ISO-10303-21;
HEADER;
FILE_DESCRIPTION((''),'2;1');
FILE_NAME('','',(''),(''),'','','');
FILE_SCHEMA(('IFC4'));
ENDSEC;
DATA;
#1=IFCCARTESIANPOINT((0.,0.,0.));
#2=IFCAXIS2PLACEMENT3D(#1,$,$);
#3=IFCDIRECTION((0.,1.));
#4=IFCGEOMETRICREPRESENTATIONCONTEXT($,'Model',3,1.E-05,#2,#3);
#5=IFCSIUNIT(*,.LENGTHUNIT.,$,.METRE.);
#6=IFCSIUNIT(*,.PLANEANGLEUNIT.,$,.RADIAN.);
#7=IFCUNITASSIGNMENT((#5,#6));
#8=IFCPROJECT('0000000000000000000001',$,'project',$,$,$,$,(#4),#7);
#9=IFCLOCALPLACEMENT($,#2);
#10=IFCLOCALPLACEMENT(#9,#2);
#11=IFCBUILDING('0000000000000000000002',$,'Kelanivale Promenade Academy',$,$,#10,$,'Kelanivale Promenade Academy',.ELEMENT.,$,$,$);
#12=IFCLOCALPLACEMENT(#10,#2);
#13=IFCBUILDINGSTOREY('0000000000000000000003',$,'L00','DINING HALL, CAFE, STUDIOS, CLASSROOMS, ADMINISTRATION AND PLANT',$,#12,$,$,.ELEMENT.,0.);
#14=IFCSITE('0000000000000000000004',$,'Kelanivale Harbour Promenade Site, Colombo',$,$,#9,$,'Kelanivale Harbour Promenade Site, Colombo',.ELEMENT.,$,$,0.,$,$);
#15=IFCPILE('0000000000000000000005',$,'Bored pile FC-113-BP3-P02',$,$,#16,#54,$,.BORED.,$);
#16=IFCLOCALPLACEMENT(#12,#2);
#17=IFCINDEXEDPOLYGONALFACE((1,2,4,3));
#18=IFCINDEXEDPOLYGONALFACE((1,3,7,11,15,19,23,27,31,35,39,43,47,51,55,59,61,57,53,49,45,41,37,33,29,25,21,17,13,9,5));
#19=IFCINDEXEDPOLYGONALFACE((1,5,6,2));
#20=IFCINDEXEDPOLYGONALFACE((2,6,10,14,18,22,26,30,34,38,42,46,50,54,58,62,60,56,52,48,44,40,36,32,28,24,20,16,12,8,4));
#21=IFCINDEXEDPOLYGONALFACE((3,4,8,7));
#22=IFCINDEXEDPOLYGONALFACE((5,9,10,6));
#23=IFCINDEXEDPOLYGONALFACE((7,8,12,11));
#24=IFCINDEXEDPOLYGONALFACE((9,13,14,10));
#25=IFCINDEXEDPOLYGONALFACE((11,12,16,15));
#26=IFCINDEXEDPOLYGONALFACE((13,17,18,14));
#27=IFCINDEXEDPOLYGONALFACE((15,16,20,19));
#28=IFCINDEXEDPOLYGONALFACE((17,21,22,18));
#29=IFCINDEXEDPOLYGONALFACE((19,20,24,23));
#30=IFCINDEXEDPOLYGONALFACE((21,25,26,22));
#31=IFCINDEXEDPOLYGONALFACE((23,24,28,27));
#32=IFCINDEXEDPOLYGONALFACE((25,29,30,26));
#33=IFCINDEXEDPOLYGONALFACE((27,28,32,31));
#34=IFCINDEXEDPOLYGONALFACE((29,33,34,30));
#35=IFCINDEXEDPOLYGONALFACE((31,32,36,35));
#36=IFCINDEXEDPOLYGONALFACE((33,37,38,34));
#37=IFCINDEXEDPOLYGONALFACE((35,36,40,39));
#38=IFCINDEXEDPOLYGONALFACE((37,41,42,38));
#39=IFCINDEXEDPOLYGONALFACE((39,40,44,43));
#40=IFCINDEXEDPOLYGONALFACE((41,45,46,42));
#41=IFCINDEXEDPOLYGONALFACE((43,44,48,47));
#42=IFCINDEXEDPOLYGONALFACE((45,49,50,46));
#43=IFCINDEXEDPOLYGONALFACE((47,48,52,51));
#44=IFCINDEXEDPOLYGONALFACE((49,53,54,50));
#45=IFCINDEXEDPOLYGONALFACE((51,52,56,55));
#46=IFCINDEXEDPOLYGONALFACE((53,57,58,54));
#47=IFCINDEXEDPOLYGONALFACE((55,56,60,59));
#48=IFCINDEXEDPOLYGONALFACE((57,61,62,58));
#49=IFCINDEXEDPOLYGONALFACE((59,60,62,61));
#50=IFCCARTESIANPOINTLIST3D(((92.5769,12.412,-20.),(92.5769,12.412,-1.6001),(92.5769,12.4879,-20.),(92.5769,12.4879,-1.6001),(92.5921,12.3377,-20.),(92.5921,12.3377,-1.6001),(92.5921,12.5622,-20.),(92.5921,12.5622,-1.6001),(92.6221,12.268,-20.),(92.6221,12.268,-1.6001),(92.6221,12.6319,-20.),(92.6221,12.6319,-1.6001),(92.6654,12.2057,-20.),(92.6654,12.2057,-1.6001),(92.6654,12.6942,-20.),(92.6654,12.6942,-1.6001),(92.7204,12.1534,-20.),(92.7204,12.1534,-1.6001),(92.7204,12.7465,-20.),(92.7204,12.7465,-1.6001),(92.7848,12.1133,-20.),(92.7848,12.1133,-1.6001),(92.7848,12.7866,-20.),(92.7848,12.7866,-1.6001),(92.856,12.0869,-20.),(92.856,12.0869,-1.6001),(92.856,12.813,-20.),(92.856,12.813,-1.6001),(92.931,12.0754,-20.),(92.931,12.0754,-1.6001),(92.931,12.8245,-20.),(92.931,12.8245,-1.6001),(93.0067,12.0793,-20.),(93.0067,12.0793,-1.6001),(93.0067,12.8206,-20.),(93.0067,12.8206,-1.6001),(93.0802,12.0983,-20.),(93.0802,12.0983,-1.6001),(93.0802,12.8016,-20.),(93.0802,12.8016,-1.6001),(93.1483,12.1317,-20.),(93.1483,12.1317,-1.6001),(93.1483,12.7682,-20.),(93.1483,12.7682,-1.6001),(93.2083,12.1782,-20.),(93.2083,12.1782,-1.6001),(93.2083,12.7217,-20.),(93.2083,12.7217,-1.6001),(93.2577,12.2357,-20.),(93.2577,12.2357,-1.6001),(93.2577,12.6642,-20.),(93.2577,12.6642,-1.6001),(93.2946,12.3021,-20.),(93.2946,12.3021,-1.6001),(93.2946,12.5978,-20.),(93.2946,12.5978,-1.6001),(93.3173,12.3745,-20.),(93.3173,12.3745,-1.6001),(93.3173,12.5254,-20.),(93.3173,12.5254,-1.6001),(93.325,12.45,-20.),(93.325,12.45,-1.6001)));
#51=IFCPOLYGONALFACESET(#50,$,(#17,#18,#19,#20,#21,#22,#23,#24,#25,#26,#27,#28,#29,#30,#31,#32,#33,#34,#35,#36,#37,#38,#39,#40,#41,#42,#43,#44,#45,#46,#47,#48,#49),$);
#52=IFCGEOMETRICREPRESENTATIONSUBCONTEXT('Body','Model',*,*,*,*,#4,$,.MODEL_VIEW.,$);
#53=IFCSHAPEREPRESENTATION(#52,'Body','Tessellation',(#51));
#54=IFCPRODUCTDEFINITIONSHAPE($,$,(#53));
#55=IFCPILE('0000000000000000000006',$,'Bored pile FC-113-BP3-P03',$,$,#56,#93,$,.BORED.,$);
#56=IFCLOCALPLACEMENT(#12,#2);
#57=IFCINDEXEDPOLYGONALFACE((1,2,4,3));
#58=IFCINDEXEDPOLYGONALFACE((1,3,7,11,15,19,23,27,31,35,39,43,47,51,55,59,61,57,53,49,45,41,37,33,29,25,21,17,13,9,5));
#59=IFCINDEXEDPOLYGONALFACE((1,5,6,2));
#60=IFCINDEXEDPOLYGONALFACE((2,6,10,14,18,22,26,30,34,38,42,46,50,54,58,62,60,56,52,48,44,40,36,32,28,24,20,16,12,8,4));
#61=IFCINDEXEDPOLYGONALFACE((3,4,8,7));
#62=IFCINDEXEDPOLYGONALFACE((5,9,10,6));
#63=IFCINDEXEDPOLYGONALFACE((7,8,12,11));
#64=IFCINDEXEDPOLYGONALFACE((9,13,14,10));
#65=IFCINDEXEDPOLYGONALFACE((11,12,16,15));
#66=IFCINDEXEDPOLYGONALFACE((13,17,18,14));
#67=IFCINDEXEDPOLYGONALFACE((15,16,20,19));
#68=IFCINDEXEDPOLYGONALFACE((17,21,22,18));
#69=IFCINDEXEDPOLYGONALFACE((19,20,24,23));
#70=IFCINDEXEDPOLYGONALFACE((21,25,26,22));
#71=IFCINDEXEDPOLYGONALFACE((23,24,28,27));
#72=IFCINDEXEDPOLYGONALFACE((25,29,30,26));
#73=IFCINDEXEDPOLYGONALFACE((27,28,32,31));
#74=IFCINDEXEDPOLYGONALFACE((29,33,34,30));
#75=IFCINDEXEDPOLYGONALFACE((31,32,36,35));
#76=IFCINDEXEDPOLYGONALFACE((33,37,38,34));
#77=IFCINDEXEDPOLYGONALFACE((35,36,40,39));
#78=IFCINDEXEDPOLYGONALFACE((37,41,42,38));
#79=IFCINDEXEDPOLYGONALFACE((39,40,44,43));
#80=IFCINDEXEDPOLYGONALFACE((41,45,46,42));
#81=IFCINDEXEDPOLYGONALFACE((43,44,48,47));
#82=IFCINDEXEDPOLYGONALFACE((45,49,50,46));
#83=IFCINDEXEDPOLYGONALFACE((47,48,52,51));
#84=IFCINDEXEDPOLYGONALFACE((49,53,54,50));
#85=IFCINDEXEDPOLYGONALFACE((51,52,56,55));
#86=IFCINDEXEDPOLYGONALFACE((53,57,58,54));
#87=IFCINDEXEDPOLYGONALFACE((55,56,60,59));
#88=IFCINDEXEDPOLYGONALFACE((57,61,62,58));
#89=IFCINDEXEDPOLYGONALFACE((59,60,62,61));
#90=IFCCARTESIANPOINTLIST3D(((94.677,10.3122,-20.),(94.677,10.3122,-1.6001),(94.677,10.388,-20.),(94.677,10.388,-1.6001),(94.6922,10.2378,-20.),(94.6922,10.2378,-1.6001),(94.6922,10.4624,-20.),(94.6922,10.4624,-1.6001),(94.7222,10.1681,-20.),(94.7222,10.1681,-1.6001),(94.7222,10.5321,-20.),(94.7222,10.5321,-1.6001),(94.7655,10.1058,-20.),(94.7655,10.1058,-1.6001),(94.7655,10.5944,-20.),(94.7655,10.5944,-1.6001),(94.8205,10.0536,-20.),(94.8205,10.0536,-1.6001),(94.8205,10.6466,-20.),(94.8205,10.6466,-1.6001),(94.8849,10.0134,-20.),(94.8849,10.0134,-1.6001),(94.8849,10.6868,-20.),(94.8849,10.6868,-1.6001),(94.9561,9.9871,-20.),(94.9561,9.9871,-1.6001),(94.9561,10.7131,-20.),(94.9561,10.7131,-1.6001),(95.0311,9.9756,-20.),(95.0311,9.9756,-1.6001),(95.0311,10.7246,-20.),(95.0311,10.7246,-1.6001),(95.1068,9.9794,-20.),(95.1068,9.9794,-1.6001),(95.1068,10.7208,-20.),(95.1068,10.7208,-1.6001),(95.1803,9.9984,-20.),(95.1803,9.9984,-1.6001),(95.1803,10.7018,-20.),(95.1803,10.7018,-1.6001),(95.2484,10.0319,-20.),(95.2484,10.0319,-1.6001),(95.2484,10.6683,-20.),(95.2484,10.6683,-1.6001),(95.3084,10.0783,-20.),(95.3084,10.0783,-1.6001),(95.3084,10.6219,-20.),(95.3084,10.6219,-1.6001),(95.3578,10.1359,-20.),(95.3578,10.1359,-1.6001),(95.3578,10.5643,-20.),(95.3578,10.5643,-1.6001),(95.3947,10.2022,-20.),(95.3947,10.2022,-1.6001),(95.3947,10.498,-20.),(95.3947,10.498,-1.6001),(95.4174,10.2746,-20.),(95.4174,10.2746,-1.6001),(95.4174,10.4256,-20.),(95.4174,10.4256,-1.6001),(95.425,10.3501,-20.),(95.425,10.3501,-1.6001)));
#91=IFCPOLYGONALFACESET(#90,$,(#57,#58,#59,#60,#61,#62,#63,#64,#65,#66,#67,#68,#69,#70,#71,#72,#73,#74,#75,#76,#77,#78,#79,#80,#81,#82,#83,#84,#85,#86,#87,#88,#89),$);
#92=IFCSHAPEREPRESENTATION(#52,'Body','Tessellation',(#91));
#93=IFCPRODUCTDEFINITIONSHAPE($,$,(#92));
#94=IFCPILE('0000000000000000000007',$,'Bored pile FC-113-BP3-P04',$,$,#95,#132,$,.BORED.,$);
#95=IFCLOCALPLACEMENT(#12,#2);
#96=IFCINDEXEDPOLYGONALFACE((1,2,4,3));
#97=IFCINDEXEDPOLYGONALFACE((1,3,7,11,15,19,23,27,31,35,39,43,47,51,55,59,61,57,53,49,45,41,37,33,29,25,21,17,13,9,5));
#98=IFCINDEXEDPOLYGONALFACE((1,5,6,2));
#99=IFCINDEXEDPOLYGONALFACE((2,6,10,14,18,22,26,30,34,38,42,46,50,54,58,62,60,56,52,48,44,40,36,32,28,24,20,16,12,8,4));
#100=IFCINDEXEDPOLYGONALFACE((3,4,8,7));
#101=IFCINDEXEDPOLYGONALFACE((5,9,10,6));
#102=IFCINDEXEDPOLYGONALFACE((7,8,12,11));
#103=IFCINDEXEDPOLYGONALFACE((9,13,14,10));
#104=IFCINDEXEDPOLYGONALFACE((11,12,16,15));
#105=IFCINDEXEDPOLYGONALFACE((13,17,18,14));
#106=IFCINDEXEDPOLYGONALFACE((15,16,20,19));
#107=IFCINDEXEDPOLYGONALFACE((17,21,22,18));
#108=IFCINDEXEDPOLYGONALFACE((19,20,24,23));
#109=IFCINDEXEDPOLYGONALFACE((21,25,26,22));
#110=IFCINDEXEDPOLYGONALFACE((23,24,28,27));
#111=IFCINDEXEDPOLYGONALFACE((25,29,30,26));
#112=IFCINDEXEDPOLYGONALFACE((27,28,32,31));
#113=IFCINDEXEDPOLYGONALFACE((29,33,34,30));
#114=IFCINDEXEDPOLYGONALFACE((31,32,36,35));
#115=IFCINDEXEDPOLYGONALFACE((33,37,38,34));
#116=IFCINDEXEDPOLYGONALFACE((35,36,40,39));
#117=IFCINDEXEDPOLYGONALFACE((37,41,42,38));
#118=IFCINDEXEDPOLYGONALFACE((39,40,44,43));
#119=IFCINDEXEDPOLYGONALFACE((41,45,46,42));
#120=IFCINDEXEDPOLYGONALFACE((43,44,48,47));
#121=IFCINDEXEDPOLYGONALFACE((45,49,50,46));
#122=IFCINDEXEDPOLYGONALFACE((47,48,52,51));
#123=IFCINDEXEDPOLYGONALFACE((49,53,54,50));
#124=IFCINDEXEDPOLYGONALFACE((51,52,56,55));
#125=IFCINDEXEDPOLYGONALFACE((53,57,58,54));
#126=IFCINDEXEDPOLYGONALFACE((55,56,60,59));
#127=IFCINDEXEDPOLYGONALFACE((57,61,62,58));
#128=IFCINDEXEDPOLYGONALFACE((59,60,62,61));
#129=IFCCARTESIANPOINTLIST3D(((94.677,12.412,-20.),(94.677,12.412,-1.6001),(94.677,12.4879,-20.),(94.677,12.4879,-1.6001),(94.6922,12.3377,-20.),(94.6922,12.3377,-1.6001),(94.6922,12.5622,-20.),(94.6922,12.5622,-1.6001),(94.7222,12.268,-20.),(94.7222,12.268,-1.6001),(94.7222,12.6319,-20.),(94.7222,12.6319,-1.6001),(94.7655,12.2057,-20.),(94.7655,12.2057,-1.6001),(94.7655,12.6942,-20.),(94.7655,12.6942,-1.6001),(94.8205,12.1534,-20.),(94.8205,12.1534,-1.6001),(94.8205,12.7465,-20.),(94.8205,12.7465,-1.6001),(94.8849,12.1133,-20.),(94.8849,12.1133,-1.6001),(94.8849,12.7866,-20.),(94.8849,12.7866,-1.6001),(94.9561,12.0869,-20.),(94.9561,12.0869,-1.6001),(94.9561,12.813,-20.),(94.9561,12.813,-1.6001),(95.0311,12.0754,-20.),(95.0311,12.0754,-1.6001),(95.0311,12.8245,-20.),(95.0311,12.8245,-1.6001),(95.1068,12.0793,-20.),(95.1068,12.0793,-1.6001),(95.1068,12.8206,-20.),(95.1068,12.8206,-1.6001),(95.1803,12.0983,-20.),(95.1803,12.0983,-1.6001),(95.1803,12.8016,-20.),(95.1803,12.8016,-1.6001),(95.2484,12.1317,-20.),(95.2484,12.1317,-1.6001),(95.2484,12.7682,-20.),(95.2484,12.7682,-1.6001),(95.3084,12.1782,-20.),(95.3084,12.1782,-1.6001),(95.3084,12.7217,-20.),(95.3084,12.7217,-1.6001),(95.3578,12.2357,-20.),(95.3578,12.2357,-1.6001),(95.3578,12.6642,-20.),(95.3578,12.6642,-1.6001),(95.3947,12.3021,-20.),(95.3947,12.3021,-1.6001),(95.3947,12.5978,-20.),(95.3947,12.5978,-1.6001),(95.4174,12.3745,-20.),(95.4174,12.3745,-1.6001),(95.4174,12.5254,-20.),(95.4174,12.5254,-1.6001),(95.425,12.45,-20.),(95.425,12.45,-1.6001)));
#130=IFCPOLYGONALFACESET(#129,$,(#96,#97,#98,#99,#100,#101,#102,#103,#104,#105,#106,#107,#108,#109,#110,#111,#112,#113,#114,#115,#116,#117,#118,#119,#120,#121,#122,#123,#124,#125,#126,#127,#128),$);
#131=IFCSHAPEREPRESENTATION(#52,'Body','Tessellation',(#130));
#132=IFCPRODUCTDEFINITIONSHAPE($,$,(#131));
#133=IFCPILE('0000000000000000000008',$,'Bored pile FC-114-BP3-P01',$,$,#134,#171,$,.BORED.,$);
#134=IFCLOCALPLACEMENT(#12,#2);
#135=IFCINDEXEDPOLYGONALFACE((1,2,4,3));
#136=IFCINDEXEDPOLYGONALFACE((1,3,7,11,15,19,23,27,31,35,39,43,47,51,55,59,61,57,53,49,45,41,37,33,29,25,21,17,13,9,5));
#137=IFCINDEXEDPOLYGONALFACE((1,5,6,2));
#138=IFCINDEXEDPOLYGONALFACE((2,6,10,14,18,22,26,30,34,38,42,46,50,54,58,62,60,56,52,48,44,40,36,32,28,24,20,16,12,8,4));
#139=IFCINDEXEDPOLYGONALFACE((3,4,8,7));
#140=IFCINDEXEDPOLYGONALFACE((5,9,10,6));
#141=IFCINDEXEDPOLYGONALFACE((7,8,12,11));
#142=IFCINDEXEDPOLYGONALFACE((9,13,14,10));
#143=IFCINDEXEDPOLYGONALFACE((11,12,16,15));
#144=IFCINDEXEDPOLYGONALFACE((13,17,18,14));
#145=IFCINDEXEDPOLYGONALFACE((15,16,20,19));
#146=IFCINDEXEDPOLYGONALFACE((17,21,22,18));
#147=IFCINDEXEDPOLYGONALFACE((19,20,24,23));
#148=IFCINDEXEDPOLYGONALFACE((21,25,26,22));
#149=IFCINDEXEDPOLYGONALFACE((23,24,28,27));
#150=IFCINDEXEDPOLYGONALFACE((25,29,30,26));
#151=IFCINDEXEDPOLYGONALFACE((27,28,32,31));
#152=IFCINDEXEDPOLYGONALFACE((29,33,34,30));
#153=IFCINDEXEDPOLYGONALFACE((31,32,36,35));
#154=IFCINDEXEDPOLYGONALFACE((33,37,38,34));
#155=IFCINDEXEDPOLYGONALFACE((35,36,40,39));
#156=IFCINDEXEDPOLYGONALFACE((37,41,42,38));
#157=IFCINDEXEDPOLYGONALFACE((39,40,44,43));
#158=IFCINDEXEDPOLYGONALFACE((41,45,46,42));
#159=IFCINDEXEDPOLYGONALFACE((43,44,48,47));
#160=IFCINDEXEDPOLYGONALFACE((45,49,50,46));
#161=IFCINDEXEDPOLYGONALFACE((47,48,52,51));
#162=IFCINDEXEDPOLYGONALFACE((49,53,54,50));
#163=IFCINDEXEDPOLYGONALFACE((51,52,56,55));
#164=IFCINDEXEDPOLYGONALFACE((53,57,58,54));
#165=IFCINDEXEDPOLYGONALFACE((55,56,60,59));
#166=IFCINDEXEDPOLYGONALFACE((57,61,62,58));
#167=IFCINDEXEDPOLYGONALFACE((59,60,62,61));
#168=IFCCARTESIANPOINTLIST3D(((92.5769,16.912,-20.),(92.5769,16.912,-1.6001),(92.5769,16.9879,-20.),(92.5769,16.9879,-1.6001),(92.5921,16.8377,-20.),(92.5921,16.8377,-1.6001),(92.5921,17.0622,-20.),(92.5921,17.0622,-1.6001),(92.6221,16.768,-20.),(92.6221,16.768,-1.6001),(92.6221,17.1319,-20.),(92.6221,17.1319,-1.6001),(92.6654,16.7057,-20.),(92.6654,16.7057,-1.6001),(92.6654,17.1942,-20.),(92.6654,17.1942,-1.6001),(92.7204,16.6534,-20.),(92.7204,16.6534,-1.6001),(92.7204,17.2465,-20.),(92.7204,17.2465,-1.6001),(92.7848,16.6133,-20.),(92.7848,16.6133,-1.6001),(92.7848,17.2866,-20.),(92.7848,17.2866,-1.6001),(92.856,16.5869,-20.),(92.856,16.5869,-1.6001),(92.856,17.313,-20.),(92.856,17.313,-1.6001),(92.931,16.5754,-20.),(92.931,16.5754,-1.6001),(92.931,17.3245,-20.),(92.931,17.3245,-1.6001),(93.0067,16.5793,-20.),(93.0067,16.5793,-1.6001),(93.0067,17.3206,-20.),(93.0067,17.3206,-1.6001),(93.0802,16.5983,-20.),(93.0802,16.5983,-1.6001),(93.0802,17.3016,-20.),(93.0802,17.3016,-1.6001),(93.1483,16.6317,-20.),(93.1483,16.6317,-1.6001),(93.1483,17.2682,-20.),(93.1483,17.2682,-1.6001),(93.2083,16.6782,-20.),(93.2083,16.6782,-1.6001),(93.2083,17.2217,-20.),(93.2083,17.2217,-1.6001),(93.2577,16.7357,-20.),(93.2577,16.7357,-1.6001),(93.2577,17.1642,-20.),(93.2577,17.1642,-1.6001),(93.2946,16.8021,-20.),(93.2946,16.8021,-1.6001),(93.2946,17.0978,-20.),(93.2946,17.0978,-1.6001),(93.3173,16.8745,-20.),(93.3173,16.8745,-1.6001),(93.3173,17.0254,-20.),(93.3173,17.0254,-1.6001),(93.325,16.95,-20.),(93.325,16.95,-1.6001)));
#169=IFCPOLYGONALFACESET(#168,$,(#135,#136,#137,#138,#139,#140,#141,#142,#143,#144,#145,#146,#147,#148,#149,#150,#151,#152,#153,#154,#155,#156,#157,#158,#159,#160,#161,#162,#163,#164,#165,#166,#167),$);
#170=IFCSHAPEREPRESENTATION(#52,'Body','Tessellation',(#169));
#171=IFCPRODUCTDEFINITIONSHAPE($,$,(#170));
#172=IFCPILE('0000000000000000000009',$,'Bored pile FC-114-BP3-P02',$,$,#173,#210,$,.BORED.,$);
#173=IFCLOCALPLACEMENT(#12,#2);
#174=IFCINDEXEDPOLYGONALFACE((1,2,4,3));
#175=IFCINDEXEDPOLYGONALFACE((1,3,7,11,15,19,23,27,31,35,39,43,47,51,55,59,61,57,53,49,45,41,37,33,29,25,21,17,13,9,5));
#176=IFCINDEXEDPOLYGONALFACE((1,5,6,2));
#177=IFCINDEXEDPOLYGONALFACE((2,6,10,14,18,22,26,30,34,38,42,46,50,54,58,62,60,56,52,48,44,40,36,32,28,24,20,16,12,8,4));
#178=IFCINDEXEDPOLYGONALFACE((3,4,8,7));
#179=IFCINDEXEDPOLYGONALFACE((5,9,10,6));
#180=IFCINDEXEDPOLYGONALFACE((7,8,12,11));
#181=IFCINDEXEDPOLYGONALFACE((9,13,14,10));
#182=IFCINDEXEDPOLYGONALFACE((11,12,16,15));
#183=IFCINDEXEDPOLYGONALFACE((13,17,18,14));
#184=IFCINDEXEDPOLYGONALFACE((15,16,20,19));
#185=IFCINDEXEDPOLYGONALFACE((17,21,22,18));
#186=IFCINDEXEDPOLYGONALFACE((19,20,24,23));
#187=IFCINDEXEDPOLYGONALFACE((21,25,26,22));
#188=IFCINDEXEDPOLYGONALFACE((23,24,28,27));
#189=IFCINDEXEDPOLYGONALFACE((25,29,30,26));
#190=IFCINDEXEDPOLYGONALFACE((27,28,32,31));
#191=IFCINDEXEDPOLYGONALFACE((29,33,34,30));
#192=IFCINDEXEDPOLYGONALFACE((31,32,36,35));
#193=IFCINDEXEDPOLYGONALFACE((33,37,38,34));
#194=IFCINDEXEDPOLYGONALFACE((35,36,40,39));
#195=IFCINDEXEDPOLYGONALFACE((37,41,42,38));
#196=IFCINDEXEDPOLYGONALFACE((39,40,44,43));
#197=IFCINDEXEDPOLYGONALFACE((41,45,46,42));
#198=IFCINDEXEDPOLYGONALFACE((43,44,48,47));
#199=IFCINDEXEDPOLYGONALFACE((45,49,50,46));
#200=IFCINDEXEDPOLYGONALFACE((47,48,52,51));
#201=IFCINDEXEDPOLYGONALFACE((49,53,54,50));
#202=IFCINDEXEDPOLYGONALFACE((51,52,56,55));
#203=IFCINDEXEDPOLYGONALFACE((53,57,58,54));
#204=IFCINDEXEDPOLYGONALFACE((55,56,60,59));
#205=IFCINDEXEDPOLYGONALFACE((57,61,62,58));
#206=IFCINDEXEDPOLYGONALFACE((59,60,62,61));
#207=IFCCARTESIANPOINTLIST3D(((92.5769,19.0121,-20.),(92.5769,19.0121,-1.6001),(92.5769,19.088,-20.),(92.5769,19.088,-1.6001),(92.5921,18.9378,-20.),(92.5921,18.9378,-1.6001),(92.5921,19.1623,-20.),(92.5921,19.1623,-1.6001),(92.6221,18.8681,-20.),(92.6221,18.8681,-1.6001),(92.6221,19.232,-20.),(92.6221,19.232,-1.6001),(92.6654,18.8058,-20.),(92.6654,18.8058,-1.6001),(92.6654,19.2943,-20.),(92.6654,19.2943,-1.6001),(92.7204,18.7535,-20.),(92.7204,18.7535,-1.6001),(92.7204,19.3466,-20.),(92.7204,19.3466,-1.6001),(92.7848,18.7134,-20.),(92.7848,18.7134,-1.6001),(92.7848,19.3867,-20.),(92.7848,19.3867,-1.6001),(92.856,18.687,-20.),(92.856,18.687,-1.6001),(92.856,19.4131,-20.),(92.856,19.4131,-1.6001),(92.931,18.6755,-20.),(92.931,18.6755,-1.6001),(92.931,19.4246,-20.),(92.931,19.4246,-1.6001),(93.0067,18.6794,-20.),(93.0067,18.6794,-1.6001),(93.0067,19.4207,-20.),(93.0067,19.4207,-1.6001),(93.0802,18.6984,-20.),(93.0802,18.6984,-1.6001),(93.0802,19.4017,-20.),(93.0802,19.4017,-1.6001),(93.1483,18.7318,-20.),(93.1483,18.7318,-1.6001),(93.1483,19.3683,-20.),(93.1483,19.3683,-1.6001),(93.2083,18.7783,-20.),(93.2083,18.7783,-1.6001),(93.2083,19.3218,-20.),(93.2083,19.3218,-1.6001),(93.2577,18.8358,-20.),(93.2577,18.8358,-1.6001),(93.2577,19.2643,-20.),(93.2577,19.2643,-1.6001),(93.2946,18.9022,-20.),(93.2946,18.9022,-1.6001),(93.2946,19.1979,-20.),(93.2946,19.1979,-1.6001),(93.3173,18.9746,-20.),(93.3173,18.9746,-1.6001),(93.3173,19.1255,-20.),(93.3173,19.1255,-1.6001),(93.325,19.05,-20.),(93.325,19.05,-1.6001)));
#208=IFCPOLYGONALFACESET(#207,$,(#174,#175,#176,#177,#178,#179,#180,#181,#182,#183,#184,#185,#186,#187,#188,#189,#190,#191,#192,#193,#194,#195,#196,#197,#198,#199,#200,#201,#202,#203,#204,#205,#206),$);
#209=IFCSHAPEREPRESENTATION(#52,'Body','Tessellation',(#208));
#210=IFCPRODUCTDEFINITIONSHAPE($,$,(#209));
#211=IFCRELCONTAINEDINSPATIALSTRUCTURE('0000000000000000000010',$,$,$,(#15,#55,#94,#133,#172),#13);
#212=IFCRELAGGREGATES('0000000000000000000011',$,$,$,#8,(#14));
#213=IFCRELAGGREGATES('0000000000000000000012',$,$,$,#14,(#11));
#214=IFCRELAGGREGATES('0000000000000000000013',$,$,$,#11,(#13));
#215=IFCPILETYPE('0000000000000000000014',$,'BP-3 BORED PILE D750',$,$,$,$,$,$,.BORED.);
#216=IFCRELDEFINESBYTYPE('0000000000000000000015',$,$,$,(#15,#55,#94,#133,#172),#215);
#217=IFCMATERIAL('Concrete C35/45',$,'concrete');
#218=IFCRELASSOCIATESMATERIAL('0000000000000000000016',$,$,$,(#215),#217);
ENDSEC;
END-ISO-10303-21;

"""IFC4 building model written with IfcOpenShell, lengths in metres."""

from ifc_helpers import new_model, si_unit, direction, frame, origin, origin_2d, place, context, subcontext, project, spatial, circle, extrude, material, material_profile, profile_set, type_object, element, save


model = new_model("IFC4")

# Units and contexts
model_context = context("Model", 3, precision=1e-05, world=origin(), true_north=direction((0.0, 1.0)))
body_context = subcontext(model_context, "Body", "Model", "MODEL_VIEW")
ifc_project = project(units=[si_unit("LENGTHUNIT", "METRE"), si_unit("PLANEANGLEUNIT", "RADIAN")], contexts=[model_context])

# Site, building, storey
site_placement = place(None, origin())
site = spatial("IfcSite", under=ifc_project, at=site_placement, Name="Kelanivale Harbour Promenade Site, Colombo", LongName="Kelanivale Harbour Promenade Site, Colombo", CompositionType="ELEMENT", RefElevation=0.0)
building_placement = place(site_placement, origin())
building = spatial("IfcBuilding", under=site, at=building_placement, Name="Kelanivale Promenade Academy", LongName="Kelanivale Promenade Academy", CompositionType="ELEMENT")
storey_placement = place(building_placement, origin())
storey = spatial("IfcBuildingStorey", under=building, at=storey_placement, Name="L00", Description="DINING HALL, CAFE, STUDIOS, CLASSROOMS, ADMINISTRATION AND PLANT", CompositionType="ELEMENT", Elevation=0.0)

# Piles
ifc_material_1 = material(Name="Concrete C35/45", Category="concrete")
ifc_material_profile_1 = material_profile(ifc_material_1, circle(Radius=0.375, at=origin_2d()), Name="BORED PILE D750")
ifc_profile_set_1 = profile_set([ifc_material_profile_1], Name="Concrete C35/45")
pile_type = type_object("IfcPileType", Name="BP-3 BORED PILE D750", PredefinedType="BORED", material=ifc_profile_set_1)
for number, where, z_axis, x_axis, name in (
    (1, (92.95, 12.45, -1.6001), (0.0, 0.0, -1.0), (1.0, 0.0, 0.0), "Bored pile FC-113-BP3-P02"),
    (2, (95.05, 10.3501, -1.6001), (0.0, 0.0, -1.0), (1.0, 0.0, 0.0), "Bored pile FC-113-BP3-P03"),
    (3, (95.05, 12.45, -1.6001), (0.0, 0.0, -1.0), (1.0, 0.0, 0.0), "Bored pile FC-113-BP3-P04"),
    (4, (92.95, 16.95, -1.6001), (0.0, 0.0, -1.0), (1.0, 0.0, 0.0), "Bored pile FC-114-BP3-P01"),
    (5, (92.95, 19.05, -1.6001), (0.0, 0.0, -1.0), (1.0, 0.0, 0.0), "Bored pile FC-114-BP3-P02"),
):
    element("IfcPile", number, at=place(storey_placement, frame(where, z_axis=z_axis, x_axis=x_axis)), inside=storey, type_object=pile_type, Name=name, PredefinedType="BORED", context=body_context, shape_type="SweptSolid", body=[
        extrude(circle(Radius=0.375, at=origin_2d()), origin(), (0.0, 0.0, 1.0), 18.3999),
    ])

save(model, "model.ifc")
